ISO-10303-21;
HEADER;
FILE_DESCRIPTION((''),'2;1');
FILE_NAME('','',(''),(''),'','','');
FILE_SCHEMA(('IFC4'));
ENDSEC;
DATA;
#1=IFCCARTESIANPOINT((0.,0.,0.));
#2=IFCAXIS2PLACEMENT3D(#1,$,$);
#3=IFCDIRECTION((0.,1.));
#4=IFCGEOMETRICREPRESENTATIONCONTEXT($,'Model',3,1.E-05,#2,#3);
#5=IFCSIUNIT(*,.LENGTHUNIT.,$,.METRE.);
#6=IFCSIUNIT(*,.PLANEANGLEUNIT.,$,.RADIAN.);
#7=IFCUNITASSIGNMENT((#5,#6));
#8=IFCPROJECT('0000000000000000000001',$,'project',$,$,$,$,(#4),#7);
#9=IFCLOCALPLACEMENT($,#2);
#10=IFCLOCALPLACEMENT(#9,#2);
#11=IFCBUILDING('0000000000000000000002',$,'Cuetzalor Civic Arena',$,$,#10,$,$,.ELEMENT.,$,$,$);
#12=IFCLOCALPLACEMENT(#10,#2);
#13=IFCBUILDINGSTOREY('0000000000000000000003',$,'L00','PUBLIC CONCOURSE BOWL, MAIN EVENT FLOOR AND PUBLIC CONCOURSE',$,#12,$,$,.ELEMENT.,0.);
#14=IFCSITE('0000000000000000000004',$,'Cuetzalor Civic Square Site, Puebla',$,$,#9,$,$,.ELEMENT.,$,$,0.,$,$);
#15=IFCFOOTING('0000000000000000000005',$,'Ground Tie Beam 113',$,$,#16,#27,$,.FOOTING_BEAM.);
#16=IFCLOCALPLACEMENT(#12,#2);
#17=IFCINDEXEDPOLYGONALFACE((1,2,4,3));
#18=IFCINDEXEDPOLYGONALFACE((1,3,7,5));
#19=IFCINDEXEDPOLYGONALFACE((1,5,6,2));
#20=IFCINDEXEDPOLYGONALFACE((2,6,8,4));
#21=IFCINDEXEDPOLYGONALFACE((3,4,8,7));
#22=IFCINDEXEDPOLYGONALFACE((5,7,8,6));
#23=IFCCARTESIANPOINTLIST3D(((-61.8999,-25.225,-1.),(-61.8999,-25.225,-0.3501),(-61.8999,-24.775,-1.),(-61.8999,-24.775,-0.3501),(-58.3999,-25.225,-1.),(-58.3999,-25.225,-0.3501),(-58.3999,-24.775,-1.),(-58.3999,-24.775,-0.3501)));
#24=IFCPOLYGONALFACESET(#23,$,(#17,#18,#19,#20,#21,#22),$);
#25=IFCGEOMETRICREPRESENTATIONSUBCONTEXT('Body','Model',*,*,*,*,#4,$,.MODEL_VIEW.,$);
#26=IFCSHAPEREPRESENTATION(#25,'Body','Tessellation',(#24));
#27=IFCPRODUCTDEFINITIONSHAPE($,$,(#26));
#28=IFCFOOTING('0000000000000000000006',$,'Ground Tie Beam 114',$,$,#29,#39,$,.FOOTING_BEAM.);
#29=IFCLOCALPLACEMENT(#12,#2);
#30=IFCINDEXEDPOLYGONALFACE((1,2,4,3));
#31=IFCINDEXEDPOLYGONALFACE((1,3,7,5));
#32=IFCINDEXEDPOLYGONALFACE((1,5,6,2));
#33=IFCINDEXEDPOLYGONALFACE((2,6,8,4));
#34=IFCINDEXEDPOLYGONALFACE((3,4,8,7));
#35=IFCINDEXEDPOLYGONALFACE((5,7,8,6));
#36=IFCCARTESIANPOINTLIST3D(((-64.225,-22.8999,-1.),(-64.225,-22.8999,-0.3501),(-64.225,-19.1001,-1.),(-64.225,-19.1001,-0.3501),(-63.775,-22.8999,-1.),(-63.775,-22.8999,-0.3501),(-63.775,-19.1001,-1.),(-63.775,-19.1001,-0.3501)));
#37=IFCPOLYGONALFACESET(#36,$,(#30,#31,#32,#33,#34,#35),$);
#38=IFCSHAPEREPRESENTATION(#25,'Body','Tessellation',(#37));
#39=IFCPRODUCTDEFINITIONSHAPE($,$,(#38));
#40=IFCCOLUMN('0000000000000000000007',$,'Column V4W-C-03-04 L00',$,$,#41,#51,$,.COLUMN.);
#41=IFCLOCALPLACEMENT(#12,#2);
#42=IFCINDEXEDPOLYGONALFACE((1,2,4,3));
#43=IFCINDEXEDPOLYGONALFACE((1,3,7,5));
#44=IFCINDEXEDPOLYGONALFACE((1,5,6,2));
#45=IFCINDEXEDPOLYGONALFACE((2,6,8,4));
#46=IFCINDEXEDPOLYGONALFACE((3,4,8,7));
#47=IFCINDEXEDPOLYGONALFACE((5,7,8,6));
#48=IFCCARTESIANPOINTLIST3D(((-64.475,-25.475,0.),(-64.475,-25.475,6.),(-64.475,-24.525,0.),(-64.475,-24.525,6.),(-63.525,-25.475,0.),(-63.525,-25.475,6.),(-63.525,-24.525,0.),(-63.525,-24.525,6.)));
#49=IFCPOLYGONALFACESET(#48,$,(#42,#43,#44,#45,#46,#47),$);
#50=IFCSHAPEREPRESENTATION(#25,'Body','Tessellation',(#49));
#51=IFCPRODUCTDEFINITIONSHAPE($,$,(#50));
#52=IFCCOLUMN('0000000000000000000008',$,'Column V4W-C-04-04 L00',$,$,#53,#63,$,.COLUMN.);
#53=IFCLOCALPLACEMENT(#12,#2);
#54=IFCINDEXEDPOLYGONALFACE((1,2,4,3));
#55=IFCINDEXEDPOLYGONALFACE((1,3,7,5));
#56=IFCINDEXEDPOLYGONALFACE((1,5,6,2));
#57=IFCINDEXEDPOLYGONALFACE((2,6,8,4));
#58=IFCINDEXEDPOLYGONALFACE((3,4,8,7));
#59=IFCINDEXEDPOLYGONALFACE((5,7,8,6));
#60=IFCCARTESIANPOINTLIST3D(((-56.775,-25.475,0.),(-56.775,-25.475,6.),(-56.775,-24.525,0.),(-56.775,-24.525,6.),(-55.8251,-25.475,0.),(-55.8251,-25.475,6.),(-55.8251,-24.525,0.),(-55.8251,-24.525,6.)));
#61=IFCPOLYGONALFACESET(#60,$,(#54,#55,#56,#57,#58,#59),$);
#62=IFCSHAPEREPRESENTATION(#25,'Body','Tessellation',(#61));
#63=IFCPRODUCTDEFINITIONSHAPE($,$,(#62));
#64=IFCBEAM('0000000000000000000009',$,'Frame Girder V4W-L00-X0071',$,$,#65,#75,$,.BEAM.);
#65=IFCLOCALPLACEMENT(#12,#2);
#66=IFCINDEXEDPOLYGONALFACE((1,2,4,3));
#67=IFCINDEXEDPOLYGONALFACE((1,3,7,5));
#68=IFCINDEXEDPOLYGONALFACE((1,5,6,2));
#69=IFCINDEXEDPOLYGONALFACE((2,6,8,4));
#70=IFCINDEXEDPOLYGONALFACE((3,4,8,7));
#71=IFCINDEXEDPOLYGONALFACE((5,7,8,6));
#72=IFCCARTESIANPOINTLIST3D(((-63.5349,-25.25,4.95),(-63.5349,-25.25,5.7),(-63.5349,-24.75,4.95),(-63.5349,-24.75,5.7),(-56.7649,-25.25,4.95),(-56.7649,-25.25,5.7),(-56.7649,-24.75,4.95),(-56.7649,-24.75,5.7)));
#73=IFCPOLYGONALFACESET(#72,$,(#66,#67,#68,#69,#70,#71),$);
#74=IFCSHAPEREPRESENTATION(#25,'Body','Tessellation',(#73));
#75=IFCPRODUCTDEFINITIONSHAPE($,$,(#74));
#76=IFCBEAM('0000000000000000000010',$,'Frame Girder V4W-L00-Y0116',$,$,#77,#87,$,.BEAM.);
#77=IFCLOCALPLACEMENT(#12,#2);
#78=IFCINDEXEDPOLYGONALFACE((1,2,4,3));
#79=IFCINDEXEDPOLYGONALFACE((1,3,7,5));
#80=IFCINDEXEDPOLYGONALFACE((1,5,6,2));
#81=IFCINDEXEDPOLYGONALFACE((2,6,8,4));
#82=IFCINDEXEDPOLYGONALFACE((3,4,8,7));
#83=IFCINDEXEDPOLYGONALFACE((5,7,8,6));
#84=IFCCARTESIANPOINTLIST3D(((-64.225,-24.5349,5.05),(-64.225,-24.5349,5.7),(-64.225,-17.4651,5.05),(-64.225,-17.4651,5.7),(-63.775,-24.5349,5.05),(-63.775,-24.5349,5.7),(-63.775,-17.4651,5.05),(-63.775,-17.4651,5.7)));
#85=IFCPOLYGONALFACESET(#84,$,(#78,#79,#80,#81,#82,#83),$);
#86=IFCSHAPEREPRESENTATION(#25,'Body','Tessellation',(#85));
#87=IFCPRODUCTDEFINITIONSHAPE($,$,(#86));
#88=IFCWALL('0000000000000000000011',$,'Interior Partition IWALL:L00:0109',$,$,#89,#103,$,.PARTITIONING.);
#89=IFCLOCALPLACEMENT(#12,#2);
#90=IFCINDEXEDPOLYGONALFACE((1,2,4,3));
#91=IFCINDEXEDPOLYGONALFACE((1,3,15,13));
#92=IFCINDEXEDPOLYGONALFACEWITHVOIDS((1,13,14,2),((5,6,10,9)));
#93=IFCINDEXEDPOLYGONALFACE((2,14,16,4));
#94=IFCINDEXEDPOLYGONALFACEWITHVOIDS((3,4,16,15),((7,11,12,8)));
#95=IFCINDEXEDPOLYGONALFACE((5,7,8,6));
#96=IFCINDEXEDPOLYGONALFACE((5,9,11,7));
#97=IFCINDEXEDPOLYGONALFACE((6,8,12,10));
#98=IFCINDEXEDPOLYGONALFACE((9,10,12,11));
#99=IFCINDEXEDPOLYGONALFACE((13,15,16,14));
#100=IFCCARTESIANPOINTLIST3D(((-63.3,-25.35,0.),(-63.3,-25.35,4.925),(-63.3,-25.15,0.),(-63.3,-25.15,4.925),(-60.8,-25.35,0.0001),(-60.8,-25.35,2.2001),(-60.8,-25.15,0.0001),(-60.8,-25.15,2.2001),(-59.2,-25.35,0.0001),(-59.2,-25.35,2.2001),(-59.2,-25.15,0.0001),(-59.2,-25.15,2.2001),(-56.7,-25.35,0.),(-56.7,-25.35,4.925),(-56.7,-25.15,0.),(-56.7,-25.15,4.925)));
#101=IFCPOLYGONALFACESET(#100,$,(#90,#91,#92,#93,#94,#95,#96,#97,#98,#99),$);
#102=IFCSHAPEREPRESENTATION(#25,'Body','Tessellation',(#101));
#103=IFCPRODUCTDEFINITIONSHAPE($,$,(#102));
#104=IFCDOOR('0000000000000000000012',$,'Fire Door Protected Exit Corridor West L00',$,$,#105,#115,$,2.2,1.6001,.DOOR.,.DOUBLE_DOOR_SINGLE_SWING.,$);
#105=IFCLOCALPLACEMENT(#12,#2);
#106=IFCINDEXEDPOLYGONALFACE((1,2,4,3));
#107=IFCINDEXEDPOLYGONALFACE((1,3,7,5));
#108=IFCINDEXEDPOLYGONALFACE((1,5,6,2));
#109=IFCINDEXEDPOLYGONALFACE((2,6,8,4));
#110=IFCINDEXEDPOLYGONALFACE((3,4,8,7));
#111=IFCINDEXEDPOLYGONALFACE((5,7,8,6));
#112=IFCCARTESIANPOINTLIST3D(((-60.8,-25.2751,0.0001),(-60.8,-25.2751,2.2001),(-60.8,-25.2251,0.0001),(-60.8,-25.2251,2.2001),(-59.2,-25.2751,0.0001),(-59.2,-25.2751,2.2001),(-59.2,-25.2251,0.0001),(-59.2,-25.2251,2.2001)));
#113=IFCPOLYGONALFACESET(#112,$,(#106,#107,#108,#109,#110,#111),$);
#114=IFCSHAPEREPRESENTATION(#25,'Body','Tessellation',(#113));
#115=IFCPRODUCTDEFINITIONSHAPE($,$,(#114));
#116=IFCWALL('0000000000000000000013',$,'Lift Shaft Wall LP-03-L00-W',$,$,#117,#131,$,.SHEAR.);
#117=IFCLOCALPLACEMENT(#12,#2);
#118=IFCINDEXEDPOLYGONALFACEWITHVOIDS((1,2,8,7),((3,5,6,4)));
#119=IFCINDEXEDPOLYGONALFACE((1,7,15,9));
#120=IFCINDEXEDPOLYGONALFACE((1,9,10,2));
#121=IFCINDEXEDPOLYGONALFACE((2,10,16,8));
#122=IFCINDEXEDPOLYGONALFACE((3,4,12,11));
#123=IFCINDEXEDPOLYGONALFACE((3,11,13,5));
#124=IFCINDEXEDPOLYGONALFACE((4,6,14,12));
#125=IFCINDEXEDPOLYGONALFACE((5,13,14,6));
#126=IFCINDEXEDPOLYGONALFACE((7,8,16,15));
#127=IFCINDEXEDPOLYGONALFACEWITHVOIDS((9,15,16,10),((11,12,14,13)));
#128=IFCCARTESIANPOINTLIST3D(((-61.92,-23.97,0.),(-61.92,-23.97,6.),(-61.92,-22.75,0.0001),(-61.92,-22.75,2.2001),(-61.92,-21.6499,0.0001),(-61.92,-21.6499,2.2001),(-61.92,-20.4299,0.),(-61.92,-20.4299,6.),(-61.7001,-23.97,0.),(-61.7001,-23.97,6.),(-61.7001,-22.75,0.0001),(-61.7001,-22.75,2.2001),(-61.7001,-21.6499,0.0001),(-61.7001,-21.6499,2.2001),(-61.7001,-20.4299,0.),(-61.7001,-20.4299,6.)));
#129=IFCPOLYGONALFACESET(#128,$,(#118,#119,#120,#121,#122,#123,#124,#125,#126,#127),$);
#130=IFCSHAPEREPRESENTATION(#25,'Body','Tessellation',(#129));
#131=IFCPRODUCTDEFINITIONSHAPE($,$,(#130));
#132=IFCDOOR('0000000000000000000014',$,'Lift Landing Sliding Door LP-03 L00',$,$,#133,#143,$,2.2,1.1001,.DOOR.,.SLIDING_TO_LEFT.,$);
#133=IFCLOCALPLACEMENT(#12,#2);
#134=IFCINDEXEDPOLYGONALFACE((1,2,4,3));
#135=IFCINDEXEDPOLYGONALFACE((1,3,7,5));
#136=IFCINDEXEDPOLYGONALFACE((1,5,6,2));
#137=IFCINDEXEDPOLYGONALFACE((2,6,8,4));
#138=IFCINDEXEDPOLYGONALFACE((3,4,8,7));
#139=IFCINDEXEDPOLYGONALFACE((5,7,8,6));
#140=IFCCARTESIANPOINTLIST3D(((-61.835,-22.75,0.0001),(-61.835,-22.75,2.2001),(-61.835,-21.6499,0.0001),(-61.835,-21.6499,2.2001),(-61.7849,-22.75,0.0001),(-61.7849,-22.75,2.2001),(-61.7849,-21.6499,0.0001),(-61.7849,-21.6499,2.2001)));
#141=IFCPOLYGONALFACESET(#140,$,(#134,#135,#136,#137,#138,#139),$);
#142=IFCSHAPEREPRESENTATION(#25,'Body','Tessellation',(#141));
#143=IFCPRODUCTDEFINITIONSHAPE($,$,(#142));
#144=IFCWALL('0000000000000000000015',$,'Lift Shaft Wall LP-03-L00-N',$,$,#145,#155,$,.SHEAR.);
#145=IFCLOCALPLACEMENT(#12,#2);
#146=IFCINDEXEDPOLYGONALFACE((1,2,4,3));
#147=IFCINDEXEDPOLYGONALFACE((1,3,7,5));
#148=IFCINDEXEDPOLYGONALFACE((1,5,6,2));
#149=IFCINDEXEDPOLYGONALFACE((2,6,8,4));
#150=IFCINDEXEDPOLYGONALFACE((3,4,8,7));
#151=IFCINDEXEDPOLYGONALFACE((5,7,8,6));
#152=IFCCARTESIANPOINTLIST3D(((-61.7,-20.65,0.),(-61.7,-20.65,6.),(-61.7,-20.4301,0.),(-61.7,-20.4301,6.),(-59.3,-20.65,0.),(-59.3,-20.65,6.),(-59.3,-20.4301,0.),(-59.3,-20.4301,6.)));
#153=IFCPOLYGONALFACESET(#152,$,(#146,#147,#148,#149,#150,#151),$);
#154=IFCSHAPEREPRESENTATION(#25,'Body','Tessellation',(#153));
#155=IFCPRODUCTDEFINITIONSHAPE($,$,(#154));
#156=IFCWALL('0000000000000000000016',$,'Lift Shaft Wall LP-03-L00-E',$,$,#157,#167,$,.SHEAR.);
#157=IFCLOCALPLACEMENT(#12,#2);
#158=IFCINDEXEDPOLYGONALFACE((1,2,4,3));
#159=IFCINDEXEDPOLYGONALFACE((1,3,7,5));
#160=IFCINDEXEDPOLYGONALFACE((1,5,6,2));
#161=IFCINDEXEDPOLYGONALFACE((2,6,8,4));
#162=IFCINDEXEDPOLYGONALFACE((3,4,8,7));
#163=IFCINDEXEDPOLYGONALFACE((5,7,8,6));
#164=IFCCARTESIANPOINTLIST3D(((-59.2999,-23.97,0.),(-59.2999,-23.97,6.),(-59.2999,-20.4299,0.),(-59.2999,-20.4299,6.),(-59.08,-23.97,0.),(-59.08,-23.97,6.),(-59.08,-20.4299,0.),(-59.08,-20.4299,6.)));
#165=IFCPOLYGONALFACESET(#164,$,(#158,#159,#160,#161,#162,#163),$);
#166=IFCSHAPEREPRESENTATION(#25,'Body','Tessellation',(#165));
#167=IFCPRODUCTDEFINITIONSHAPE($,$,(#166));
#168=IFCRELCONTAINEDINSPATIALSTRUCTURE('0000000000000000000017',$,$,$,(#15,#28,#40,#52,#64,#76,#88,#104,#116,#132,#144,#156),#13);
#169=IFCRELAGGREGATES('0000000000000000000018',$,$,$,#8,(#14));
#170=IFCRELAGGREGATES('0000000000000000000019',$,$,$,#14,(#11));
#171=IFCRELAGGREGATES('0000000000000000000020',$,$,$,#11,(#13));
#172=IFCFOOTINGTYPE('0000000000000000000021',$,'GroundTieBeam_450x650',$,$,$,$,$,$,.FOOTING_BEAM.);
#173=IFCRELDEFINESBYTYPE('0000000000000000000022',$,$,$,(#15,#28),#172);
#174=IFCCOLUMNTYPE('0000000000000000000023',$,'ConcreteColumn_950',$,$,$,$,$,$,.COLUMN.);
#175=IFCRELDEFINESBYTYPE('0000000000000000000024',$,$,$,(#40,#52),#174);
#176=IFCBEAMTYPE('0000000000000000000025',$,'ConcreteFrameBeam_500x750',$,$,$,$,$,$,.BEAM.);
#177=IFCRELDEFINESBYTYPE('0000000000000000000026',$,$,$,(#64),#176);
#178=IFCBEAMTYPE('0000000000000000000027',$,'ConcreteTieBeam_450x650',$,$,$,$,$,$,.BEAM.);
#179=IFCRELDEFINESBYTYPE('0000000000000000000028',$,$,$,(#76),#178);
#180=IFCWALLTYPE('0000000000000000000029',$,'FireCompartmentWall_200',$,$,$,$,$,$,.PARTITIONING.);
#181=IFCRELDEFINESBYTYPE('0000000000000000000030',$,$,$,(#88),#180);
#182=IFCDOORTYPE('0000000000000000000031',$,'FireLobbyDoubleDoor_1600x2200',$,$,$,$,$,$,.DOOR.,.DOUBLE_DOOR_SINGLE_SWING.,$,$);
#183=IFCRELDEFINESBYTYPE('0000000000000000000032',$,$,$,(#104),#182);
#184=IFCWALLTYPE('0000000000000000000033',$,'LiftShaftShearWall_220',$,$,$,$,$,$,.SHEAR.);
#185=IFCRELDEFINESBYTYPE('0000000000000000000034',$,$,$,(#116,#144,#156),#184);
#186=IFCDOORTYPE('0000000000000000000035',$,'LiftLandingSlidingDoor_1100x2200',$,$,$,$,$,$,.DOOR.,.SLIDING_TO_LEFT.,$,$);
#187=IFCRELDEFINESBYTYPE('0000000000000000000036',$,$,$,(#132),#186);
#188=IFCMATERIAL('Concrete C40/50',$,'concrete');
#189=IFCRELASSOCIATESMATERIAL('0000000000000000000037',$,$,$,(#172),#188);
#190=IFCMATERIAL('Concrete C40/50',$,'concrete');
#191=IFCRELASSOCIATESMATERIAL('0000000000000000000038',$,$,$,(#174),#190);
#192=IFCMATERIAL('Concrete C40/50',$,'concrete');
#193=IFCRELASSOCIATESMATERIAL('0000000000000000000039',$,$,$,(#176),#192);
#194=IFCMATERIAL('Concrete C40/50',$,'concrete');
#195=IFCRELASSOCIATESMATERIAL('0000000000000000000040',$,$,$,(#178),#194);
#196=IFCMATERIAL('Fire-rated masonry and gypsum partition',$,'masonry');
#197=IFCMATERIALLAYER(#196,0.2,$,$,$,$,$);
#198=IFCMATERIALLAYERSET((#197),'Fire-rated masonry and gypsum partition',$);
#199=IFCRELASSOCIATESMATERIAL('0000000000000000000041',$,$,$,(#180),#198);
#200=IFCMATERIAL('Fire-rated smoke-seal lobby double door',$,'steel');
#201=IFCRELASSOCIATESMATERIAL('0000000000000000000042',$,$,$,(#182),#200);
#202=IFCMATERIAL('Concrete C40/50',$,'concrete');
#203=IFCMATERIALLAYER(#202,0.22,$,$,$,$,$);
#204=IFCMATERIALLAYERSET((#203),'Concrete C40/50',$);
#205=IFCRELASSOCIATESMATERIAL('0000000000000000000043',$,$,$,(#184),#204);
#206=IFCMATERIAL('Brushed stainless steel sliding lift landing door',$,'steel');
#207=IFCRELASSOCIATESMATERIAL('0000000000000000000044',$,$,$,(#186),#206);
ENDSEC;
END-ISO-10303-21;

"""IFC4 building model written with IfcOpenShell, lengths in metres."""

from ifc_helpers import new_model, si_unit, direction, frame, frame_2d, origin, origin_2d, place, context, subcontext, project, spatial, rectangle, extrude, material, layer, layer_set, material_profile, profile_set, type_object, element, fill, save


model = new_model("IFC4")

# Units and contexts
model_context = context("Model", 3, precision=1e-05, world=origin(), true_north=direction((0.0, 1.0)))
body_context = subcontext(model_context, "Body", "Model", "MODEL_VIEW")
ifc_project = project(units=[si_unit("LENGTHUNIT", "METRE"), si_unit("PLANEANGLEUNIT", "RADIAN")], contexts=[model_context])

# Site, building, storey
site_placement = place(None, origin())
site = spatial("IfcSite", under=ifc_project, at=site_placement, Name="Cuetzalor Civic Square Site, Puebla", CompositionType="ELEMENT", RefElevation=0.0)
building_placement = place(site_placement, origin())
building = spatial("IfcBuilding", under=site, at=building_placement, Name="Cuetzalor Civic Arena", CompositionType="ELEMENT")
storey_placement = place(building_placement, origin())
storey = spatial("IfcBuildingStorey", under=building, at=storey_placement, Name="L00", Description="PUBLIC CONCOURSE BOWL, MAIN EVENT FLOOR AND PUBLIC CONCOURSE", CompositionType="ELEMENT", Elevation=0.0)

# Footings
ifc_material_1 = material(Name="Concrete C40/50", Category="concrete")
ifc_material_profile_1 = material_profile(ifc_material_1, rectangle(XDim=0.45, YDim=0.6499, at=origin_2d()), Name="RC 450x650")
ifc_profile_set_1 = profile_set([ifc_material_profile_1], Name="Concrete C40/50")
footing_type_1 = type_object("IfcFootingType", Name="GroundTieBeam_450x650", PredefinedType="FOOTING_BEAM", material=ifc_profile_set_1)
footing_1_placement = place(storey_placement, frame((-61.8999, -25.0, -0.675), z_axis=(1.0, 0.0, 0.0), x_axis=(0.0, 1.0, 0.0)))
element("IfcFooting", 1, at=footing_1_placement, inside=storey, type_object=footing_type_1, Name="Ground Tie Beam 113", PredefinedType="FOOTING_BEAM", context=body_context, shape_type="SweptSolid", body=[
    extrude(rectangle(XDim=0.45, YDim=0.6499, at=origin_2d()), origin(), (0.0, 0.0, 1.0), 3.5),
])
footing_2_placement = place(storey_placement, frame((-64.0, -22.8999, -0.675), z_axis=(0.0, 1.0, 0.0), x_axis=(-1.0, 0.0, 0.0)))
element("IfcFooting", 2, at=footing_2_placement, inside=storey, type_object=footing_type_1, Name="Ground Tie Beam 114", PredefinedType="FOOTING_BEAM", context=body_context, shape_type="SweptSolid", body=[
    extrude(rectangle(XDim=0.45, YDim=0.6499, at=origin_2d()), origin(), (0.0, 0.0, 1.0), 3.7998),
])

# Columns
ifc_material_2 = material(Name="Concrete C40/50", Category="concrete")
ifc_material_profile_2 = material_profile(ifc_material_2, rectangle(XDim=0.95, YDim=0.95, at=origin_2d()), Name="RC 950x950")
ifc_profile_set_2 = profile_set([ifc_material_profile_2], Name="Concrete C40/50")
column_type = type_object("IfcColumnType", Name="ConcreteColumn_950", PredefinedType="COLUMN", material=ifc_profile_set_2)
for number, where, z_axis, x_axis, name in (
    (3, (-64.0, -25.0, 0.0), (0.0, 0.0, 1.0), (1.0, 0.0, 0.0), "Column V4W-C-03-04 L00"),
    (4, (-56.3, -25.0, 0.0), (0.0, 0.0, 1.0), (1.0, 0.0, 0.0), "Column V4W-C-04-04 L00"),
):
    element("IfcColumn", number, at=place(storey_placement, frame(where, z_axis=z_axis, x_axis=x_axis)), inside=storey, type_object=column_type, Name=name, PredefinedType="COLUMN", context=body_context, shape_type="SweptSolid", body=[
        extrude(rectangle(XDim=0.95, YDim=0.95, at=origin_2d()), origin(), (0.0, 0.0, 1.0), 6.0),
    ])

# Beams
ifc_material_3 = material(Name="Concrete C40/50", Category="concrete")
ifc_material_profile_3 = material_profile(ifc_material_3, rectangle(XDim=0.5, YDim=0.75, at=origin_2d()), Name="RC 500x750")
ifc_profile_set_3 = profile_set([ifc_material_profile_3], Name="Concrete C40/50")
beam_type_1 = type_object("IfcBeamType", Name="ConcreteFrameBeam_500x750", PredefinedType="BEAM", material=ifc_profile_set_3)
beam_1_placement = place(storey_placement, frame((-63.5349, -25.0, 5.325), z_axis=(1.0, 0.0, 0.0), x_axis=(0.0, 1.0, 0.0)))
element("IfcBeam", 5, at=beam_1_placement, inside=storey, type_object=beam_type_1, Name="Frame Girder V4W-L00-X0071", PredefinedType="BEAM", context=body_context, shape_type="SweptSolid", body=[
    extrude(rectangle(XDim=0.5, YDim=0.75, at=origin_2d()), origin(), (0.0, 0.0, 1.0), 6.77),
])
ifc_material_4 = material(Name="Concrete C40/50", Category="concrete")
ifc_material_profile_4 = material_profile(ifc_material_4, rectangle(XDim=0.45, YDim=0.6499, at=origin_2d()), Name="RC 450x650")
ifc_profile_set_4 = profile_set([ifc_material_profile_4], Name="Concrete C40/50")
beam_type_2 = type_object("IfcBeamType", Name="ConcreteTieBeam_450x650", PredefinedType="BEAM", material=ifc_profile_set_4)
beam_2_placement = place(storey_placement, frame((-64.0, -24.5349, 5.375), z_axis=(0.0, 1.0, 0.0), x_axis=(-1.0, 0.0, 0.0)))
element("IfcBeam", 6, at=beam_2_placement, inside=storey, type_object=beam_type_2, Name="Frame Girder V4W-L00-Y0116", PredefinedType="BEAM", context=body_context, shape_type="SweptSolid", body=[
    extrude(rectangle(XDim=0.45, YDim=0.6499, at=origin_2d()), origin(), (0.0, 0.0, 1.0), 7.0698),
])

# Walls, openings, doors
ifc_material_5 = material(Name="Fire-rated masonry and gypsum partition", Category="masonry")
ifc_layer_1 = layer(ifc_material_5, 0.2)
ifc_layer_set_1 = layer_set([ifc_layer_1], Name="Fire-rated masonry and gypsum partition")
wall_type_1 = type_object("IfcWallType", Name="FireCompartmentWall_200", PredefinedType="PARTITIONING", material=ifc_layer_set_1)
wall_1_placement = place(storey_placement, frame((-63.3, -25.25, 0.0), z_axis=(0.0, 0.0, 1.0), x_axis=(1.0, 0.0, 0.0)))
wall_1 = element("IfcWall", 7, at=wall_1_placement, inside=storey, type_object=wall_type_1, Name="Interior Partition IWALL:L00:0109", PredefinedType="PARTITIONING", context=body_context, shape_type="SweptSolid", body=[
    extrude(rectangle(XDim=6.6001, YDim=0.2, at=frame_2d((3.3, 0.0))), origin(), (0.0, 0.0, 1.0), 4.925),
])
opening_1_placement = place(wall_1_placement, frame((2.5, 0.0, 0.0)))
opening_1 = element("IfcOpeningElement", 8, at=opening_1_placement, cuts=wall_1, PredefinedType="OPENING", context=body_context, shape_type="SweptSolid", body=[
    extrude(rectangle(XDim=1.6001, YDim=2.2, at=frame_2d((0.8, 1.1001))), frame((0.0, 0.1099, 0.0), z_axis=(0.0, -1.0, 0.0), x_axis=(1.0, 0.0, 0.0)), (0.0, 0.0, 1.0), 0.22),
])
ifc_material_6 = material(Name="Fire-rated smoke-seal lobby double door", Category="steel")
door_type_1 = type_object("IfcDoorType", Name="FireLobbyDoubleDoor_1600x2200", OperationType="DOUBLE_DOOR_SINGLE_SWING", PredefinedType="DOOR", material=ifc_material_6)
door_1_placement = place(opening_1_placement, origin())
door_1 = element("IfcDoor", 9, at=door_1_placement, inside=storey, type_object=door_type_1, Name="Fire Door Protected Exit Corridor West L00", OperationType="DOUBLE_DOOR_SINGLE_SWING", OverallHeight=2.2, OverallWidth=1.6001, PredefinedType="DOOR", context=body_context, shape_type="SweptSolid", body=[
    extrude(rectangle(XDim=1.6001, YDim=2.2, at=frame_2d((0.8, 1.1001))), frame((0.0, 0.0249, 0.0), z_axis=(0.0, -1.0, 0.0), x_axis=(1.0, 0.0, 0.0)), (0.0, 0.0, 1.0), 0.05),
])
fill(opening_1, door_1)
ifc_material_7 = material(Name="Concrete C40/50", Category="concrete")
ifc_layer_2 = layer(ifc_material_7, 0.22)
ifc_layer_set_2 = layer_set([ifc_layer_2], Name="Concrete C40/50")
wall_type_2 = type_object("IfcWallType", Name="LiftShaftShearWall_220", PredefinedType="SHEAR", material=ifc_layer_set_2)
wall_2_placement = place(storey_placement, frame((-61.8101, -23.97, 0.0), z_axis=(0.0, 0.0, 1.0), x_axis=(0.0, 1.0, 0.0)))
wall_2 = element("IfcWall", 10, at=wall_2_placement, inside=storey, type_object=wall_type_2, Name="Lift Shaft Wall LP-03-L00-W", PredefinedType="SHEAR", context=body_context, shape_type="SweptSolid", body=[
    extrude(rectangle(XDim=3.54, YDim=0.22, at=frame_2d((1.77, 0.0))), origin(), (0.0, 0.0, 1.0), 6.0),
])
opening_2_placement = place(wall_2_placement, frame((1.22, 0.0, 0.0)))
opening_2 = element("IfcOpeningElement", 11, at=opening_2_placement, cuts=wall_2, PredefinedType="OPENING", context=body_context, shape_type="SweptSolid", body=[
    extrude(rectangle(XDim=1.1001, YDim=2.2, at=frame_2d((0.55, 1.1001))), frame((0.0, 0.1201, 0.0), z_axis=(0.0, -1.0, 0.0), x_axis=(1.0, 0.0, 0.0)), (0.0, 0.0, 1.0), 0.24),
])
ifc_material_8 = material(Name="Brushed stainless steel sliding lift landing door", Category="steel")
door_type_2 = type_object("IfcDoorType", Name="LiftLandingSlidingDoor_1100x2200", OperationType="SLIDING_TO_LEFT", PredefinedType="DOOR", material=ifc_material_8)
door_2_placement = place(opening_2_placement, origin())
door_2 = element("IfcDoor", 12, at=door_2_placement, inside=storey, type_object=door_type_2, Name="Lift Landing Sliding Door LP-03 L00", OperationType="SLIDING_TO_LEFT", OverallHeight=2.2, OverallWidth=1.1001, PredefinedType="DOOR", context=body_context, shape_type="SweptSolid", body=[
    extrude(rectangle(XDim=1.1001, YDim=2.2, at=frame_2d((0.55, 1.1001))), frame((0.0, 0.0249, 0.0), z_axis=(0.0, -1.0, 0.0), x_axis=(1.0, 0.0, 0.0)), (0.0, 0.0, 1.0), 0.05),
])
fill(opening_2, door_2)

# Walls
wall_3_placement = place(storey_placement, frame((-61.7, -20.54, 0.0), z_axis=(0.0, 0.0, 1.0), x_axis=(1.0, 0.0, 0.0)))
element("IfcWall", 13, at=wall_3_placement, inside=storey, type_object=wall_type_2, Name="Lift Shaft Wall LP-03-L00-N", PredefinedType="SHEAR", context=body_context, shape_type="SweptSolid", body=[
    extrude(rectangle(XDim=2.3999, YDim=0.22, at=frame_2d((1.2, 0.0))), origin(), (0.0, 0.0, 1.0), 6.0),
])
wall_4_placement = place(storey_placement, frame((-59.1899, -20.4299, 0.0), z_axis=(0.0, 0.0, 1.0), x_axis=(0.0, -1.0, 0.0)))
element("IfcWall", 14, at=wall_4_placement, inside=storey, type_object=wall_type_2, Name="Lift Shaft Wall LP-03-L00-E", PredefinedType="SHEAR", context=body_context, shape_type="SweptSolid", body=[
    extrude(rectangle(XDim=3.54, YDim=0.22, at=frame_2d((1.77, 0.0))), origin(), (0.0, 0.0, 1.0), 6.0),
])

save(model, "model.ifc")
